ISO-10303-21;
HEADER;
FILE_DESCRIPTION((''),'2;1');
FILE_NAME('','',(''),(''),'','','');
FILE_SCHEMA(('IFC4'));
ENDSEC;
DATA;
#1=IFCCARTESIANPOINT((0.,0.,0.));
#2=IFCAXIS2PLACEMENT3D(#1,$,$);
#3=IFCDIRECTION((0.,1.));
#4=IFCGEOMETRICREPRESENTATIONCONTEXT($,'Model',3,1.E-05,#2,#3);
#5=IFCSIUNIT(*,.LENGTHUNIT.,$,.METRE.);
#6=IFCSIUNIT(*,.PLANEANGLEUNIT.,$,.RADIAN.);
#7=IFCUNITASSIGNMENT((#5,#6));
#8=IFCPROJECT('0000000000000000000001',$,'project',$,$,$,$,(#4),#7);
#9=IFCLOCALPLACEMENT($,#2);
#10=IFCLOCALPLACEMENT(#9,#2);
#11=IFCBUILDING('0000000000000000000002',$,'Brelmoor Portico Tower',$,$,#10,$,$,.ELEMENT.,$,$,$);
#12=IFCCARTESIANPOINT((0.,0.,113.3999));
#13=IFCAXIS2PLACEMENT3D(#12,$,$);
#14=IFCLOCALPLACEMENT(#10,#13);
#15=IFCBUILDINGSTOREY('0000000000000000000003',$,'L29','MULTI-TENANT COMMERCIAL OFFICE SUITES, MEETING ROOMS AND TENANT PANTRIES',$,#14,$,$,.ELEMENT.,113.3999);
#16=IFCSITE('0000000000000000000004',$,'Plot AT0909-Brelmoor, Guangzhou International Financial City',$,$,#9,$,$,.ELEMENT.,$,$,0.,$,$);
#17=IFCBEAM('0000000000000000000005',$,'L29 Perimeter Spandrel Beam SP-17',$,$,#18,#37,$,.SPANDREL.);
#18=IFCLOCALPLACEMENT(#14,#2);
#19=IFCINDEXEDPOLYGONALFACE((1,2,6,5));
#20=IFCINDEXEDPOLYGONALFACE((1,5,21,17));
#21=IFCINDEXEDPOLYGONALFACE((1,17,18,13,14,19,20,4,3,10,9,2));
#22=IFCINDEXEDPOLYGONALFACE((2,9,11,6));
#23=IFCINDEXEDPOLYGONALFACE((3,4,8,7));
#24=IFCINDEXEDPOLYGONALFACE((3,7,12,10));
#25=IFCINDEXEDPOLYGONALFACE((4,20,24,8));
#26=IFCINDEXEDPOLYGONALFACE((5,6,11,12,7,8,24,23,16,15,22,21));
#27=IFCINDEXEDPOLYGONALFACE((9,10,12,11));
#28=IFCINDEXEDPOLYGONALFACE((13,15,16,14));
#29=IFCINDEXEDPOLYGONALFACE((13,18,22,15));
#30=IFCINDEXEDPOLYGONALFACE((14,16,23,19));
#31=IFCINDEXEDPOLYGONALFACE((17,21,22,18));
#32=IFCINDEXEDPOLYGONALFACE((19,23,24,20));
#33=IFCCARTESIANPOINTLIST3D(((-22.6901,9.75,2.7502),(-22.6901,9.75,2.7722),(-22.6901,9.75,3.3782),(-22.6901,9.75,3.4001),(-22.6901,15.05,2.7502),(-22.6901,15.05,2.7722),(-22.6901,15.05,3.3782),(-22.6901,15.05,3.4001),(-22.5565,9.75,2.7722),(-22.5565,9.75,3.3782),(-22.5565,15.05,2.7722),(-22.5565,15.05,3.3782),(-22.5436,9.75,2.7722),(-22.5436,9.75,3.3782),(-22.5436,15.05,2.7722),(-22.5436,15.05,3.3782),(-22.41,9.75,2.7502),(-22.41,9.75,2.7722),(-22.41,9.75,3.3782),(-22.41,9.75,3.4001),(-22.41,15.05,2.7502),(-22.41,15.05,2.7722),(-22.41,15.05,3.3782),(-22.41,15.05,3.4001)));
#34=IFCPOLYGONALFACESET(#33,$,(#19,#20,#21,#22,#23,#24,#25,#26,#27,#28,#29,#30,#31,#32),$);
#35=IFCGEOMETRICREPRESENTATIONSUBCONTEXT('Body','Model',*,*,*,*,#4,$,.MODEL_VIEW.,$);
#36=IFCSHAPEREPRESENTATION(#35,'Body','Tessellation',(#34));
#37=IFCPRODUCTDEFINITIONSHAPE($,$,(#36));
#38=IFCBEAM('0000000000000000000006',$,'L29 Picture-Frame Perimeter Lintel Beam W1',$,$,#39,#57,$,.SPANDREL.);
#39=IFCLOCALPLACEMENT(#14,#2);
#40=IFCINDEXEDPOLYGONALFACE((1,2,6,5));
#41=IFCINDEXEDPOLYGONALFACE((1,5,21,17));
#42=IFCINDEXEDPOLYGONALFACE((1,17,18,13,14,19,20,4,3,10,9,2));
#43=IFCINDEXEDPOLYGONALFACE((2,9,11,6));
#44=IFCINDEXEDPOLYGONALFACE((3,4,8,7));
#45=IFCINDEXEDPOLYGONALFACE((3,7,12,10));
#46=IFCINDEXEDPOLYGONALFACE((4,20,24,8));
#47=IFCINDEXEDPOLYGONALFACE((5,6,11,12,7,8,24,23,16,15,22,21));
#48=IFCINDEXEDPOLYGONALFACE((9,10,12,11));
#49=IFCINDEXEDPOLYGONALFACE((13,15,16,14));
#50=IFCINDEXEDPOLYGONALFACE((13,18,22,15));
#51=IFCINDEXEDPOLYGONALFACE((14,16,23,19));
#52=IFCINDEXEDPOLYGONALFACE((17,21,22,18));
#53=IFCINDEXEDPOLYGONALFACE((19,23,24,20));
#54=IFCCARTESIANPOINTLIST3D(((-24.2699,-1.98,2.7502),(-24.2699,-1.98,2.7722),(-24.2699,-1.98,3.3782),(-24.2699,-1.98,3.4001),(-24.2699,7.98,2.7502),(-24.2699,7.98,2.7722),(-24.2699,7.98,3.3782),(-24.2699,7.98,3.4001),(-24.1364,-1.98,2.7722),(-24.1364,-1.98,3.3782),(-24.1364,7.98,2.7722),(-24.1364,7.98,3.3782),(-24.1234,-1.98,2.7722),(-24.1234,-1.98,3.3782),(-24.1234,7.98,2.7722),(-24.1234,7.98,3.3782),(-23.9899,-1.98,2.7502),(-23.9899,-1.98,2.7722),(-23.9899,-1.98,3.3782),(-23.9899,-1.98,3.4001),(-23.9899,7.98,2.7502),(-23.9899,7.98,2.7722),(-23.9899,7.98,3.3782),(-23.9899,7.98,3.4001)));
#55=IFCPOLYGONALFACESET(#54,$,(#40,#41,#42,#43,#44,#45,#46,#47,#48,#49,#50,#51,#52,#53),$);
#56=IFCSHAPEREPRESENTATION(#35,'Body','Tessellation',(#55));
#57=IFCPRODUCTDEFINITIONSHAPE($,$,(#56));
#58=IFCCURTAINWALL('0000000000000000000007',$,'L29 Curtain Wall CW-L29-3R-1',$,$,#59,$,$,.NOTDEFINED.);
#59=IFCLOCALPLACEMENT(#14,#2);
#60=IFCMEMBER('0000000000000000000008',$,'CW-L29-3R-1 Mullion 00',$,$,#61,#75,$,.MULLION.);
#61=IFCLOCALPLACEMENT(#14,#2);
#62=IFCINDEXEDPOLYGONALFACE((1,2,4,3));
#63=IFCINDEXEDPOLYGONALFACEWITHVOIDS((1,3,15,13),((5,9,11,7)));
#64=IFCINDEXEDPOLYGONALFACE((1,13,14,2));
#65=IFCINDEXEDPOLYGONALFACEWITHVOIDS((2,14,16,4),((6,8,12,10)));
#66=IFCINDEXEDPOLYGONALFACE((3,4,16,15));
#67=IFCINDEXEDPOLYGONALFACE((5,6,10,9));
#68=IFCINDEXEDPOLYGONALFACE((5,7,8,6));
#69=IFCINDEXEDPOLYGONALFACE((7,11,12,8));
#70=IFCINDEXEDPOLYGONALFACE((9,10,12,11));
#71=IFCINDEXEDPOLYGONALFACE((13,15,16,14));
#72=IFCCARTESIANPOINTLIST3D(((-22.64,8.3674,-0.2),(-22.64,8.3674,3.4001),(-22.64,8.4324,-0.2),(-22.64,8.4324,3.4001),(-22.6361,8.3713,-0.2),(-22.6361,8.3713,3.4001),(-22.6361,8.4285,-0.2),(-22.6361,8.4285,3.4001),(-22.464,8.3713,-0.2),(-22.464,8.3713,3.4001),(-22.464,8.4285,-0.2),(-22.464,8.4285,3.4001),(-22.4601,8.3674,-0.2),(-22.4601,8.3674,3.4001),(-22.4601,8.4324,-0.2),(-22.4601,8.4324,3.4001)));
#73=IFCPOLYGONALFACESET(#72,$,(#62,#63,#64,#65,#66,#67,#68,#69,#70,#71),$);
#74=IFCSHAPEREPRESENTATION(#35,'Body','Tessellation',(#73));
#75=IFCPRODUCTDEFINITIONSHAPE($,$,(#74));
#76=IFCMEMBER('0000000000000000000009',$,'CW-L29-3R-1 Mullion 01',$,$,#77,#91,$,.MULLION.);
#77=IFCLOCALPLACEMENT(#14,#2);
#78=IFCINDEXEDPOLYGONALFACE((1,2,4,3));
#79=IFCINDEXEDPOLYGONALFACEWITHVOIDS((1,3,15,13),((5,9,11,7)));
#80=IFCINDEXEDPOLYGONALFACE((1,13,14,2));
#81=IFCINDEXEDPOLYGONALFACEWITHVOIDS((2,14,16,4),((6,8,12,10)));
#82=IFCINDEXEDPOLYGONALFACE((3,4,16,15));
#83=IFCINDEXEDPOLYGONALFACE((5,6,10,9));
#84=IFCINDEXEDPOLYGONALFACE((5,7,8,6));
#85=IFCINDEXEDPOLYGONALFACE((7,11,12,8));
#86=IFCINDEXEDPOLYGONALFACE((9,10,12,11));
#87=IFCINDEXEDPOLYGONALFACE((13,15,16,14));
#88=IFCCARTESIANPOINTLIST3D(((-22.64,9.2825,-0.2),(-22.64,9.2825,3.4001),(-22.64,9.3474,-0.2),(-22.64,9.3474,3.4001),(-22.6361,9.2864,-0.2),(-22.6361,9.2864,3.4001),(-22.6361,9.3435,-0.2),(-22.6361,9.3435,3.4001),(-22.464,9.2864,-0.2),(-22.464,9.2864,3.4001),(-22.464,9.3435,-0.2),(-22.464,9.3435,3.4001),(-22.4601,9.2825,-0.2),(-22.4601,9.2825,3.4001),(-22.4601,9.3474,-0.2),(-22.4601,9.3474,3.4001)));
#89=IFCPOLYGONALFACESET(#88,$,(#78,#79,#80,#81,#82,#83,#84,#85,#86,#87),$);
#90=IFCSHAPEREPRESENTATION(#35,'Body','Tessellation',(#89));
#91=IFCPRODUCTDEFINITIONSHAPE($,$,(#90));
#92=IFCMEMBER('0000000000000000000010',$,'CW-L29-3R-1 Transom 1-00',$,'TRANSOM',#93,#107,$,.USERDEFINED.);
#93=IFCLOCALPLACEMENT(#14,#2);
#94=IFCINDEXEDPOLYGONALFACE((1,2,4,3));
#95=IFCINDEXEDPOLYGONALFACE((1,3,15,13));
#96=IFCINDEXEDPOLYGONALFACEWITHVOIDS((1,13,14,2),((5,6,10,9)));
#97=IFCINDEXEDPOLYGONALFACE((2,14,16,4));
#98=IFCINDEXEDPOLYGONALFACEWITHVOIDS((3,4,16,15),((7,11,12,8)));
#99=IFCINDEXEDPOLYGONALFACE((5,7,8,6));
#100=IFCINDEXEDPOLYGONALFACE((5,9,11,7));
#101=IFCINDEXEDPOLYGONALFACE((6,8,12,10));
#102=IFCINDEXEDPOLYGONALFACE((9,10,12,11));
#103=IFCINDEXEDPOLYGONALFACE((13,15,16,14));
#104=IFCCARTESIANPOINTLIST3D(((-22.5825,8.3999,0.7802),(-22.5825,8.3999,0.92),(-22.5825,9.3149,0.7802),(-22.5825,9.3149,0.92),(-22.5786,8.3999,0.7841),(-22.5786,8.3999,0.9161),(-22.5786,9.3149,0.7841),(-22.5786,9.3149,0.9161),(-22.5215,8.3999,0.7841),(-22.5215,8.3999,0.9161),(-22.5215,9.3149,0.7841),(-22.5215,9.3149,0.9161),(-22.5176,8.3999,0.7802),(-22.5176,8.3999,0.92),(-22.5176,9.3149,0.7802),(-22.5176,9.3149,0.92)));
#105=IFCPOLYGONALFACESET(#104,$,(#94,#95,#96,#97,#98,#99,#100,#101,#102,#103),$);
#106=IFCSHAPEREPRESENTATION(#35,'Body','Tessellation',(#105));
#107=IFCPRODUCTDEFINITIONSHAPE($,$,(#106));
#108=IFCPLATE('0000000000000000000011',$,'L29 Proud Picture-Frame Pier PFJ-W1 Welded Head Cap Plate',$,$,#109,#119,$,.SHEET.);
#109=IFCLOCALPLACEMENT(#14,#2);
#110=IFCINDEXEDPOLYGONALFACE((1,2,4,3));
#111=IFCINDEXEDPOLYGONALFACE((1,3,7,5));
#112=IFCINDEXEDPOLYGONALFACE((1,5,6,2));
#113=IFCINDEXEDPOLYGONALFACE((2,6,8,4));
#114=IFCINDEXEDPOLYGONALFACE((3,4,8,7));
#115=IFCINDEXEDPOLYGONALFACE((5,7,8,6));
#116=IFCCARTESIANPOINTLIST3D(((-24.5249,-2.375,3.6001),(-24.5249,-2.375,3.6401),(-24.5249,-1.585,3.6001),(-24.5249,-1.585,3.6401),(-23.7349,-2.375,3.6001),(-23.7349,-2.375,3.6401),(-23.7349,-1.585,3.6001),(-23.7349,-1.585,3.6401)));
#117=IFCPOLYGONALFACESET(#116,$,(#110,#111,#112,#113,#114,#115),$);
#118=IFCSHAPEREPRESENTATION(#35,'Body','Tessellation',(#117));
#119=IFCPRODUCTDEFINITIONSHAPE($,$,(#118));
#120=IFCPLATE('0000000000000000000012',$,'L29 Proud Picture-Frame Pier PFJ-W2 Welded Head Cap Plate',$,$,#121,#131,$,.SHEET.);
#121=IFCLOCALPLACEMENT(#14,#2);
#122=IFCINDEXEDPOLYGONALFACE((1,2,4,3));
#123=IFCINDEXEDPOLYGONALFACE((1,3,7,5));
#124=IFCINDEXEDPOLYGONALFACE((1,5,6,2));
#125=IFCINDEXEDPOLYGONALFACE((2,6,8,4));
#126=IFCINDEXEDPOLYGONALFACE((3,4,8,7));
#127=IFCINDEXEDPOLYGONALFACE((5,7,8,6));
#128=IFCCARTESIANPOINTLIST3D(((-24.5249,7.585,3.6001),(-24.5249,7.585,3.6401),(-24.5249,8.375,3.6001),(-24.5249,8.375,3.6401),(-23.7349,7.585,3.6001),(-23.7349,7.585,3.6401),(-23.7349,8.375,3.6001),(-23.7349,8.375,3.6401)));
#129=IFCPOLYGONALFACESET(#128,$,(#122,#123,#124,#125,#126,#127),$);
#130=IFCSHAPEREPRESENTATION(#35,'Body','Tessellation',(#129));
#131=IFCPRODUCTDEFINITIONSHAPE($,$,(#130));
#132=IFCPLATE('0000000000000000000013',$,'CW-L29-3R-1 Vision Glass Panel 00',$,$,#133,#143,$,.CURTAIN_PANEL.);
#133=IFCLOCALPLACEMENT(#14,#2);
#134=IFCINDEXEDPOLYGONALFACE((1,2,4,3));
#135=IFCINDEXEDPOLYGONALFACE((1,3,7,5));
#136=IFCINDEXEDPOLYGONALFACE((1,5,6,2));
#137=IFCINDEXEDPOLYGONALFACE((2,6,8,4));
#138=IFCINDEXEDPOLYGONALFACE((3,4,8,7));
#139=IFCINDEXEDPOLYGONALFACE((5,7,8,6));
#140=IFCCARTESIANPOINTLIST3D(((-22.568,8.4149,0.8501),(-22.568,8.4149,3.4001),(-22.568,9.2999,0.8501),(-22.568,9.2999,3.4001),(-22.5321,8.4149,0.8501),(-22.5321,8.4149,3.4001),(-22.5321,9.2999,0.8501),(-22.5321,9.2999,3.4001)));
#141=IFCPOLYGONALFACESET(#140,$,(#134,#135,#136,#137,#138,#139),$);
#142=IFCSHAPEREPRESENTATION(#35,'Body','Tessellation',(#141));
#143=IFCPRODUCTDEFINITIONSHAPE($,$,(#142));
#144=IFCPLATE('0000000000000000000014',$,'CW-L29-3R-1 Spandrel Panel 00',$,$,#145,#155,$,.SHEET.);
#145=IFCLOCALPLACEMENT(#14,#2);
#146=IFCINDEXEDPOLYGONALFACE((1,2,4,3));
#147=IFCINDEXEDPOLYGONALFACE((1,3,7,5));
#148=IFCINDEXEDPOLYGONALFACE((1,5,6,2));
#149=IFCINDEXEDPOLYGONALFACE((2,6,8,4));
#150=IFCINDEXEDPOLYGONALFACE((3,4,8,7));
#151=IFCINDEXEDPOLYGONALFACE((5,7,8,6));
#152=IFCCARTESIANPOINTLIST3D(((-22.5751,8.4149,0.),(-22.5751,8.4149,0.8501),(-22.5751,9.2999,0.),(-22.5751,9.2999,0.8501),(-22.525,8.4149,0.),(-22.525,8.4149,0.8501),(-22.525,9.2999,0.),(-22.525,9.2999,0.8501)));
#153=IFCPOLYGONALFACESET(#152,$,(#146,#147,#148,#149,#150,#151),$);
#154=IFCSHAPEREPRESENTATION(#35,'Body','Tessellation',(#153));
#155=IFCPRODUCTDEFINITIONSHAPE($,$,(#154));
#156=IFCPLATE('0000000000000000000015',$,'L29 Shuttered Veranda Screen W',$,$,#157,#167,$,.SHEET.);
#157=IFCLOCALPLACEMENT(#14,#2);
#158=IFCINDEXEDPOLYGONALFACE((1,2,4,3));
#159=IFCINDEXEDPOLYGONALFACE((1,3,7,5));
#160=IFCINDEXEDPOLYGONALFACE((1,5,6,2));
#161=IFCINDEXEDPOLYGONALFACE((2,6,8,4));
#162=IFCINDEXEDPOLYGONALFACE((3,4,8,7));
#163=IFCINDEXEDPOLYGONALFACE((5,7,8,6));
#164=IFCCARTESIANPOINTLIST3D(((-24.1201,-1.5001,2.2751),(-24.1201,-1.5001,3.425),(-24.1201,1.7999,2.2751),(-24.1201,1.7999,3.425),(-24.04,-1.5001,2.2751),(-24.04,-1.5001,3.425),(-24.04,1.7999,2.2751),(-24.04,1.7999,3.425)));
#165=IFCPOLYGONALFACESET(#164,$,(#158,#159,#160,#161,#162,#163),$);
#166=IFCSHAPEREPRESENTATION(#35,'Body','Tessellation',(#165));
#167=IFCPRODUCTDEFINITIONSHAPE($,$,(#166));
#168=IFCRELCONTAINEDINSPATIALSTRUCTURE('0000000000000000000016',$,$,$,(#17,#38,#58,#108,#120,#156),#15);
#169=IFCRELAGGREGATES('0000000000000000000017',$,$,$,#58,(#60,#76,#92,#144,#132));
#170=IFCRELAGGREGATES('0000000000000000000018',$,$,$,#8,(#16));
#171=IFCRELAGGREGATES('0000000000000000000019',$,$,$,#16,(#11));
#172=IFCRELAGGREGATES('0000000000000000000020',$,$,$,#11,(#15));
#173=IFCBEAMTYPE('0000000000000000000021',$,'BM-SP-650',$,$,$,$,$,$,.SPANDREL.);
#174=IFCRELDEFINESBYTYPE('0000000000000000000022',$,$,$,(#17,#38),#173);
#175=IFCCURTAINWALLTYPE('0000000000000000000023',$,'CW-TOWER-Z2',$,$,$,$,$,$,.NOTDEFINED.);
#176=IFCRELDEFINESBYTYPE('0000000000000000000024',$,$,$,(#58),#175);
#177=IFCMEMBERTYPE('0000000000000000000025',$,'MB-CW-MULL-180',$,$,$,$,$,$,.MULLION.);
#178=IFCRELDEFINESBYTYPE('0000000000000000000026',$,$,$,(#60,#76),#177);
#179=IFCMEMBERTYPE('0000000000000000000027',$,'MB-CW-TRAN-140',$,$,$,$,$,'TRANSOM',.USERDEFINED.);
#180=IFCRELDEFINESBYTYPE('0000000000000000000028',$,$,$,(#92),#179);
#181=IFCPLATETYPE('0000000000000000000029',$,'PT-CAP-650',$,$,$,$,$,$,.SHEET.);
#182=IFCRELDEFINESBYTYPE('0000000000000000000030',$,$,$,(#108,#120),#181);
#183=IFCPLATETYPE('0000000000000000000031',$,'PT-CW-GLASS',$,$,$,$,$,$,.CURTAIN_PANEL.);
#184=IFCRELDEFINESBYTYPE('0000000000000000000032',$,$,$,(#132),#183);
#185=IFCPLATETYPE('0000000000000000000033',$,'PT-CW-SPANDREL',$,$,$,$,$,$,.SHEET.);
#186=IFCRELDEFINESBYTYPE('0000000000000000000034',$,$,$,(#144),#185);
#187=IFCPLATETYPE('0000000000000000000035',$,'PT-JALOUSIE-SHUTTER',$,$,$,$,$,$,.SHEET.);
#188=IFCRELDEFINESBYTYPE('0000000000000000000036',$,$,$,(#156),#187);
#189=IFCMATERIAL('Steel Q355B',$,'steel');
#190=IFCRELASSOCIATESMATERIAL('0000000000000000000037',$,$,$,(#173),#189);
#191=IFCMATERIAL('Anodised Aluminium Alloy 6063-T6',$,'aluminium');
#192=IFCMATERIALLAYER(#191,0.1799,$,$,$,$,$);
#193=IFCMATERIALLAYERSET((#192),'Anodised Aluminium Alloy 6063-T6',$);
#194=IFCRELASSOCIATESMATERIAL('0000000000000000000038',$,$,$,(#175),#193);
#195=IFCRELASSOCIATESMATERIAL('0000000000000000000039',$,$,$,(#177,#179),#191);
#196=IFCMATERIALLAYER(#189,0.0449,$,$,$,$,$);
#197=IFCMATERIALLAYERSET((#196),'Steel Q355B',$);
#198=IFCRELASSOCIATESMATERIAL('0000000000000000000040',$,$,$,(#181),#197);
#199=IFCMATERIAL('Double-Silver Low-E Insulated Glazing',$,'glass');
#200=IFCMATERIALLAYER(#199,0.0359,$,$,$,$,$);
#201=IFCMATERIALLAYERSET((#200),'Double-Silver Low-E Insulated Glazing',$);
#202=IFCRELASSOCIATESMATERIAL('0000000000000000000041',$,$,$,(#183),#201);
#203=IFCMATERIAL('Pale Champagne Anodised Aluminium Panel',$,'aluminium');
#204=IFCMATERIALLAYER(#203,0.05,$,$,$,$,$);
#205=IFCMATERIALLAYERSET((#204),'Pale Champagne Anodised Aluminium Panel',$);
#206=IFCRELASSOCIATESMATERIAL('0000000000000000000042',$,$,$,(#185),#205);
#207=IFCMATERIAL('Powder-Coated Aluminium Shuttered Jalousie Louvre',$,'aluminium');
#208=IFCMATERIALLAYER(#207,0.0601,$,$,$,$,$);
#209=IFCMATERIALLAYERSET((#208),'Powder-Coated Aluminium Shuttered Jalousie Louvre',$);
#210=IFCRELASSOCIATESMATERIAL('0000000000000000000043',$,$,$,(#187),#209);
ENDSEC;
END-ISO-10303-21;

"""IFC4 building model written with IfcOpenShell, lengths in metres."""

from ifc_helpers import new_model, si_unit, direction, frame, origin, origin_2d, place, context, subcontext, project, spatial, rectangle, hollow_rectangle, i_section, extrude, material, layer, layer_set, material_profile, profile_set, type_object, element, aggregate, save


model = new_model("IFC4")

# Units and contexts
model_context = context("Model", 3, precision=1e-05, world=origin(), true_north=direction((0.0, 1.0)))
body_context = subcontext(model_context, "Body", "Model", "MODEL_VIEW")
ifc_project = project(units=[si_unit("LENGTHUNIT", "METRE"), si_unit("PLANEANGLEUNIT", "RADIAN")], contexts=[model_context])

# Site, building, storey
site_placement = place(None, origin())
site = spatial("IfcSite", under=ifc_project, at=site_placement, Name="Plot AT0909-Brelmoor, Guangzhou International Financial City", CompositionType="ELEMENT", RefElevation=0.0)
building_placement = place(site_placement, origin())
building = spatial("IfcBuilding", under=site, at=building_placement, Name="Brelmoor Portico Tower", CompositionType="ELEMENT")
storey_placement = place(building_placement, frame((0.0, 0.0, 113.3999)))
storey = spatial("IfcBuildingStorey", under=building, at=storey_placement, Name="L29", Description="MULTI-TENANT COMMERCIAL OFFICE SUITES, MEETING ROOMS AND TENANT PANTRIES", CompositionType="ELEMENT", Elevation=113.3999)

# Shared definitions
ifc_material_1 = material(Name="Steel Q355B", Category="steel")

# Beams
ifc_material_profile_1 = material_profile(ifc_material_1, i_section(OverallWidth=0.28, OverallDepth=0.6499, WebThickness=0.0129, FlangeThickness=0.022, at=origin_2d()), Name="HN 650x280x13x22")
ifc_profile_set_1 = profile_set([ifc_material_profile_1], Name="Steel Q355B")
beam_type_1 = type_object("IfcBeamType", Name="BM-SP-650", PredefinedType="SPANDREL", material=ifc_profile_set_1)
beam_1_placement = place(storey_placement, frame((-22.55, 9.75, 3.0752), z_axis=(0.0, 1.0, 0.0), x_axis=(-1.0, 0.0, 0.0)))
element("IfcBeam", 1, at=beam_1_placement, inside=storey, type_object=beam_type_1, Name="L29 Perimeter Spandrel Beam SP-17", PredefinedType="SPANDREL", context=body_context, shape_type="SweptSolid", body=[
    extrude(i_section(OverallWidth=0.28, OverallDepth=0.6499, WebThickness=0.0129, FlangeThickness=0.022, at=origin_2d()), origin(), (0.0, 0.0, 1.0), 5.3),
])
beam_2_placement = place(storey_placement, frame((-24.1299, -1.98, 3.0752), z_axis=(0.0, 1.0, 0.0), x_axis=(-1.0, 0.0, 0.0)))
element("IfcBeam", 2, at=beam_2_placement, inside=storey, type_object=beam_type_1, Name="L29 Picture-Frame Perimeter Lintel Beam W1", PredefinedType="SPANDREL", context=body_context, shape_type="SweptSolid", body=[
    extrude(i_section(OverallWidth=0.28, OverallDepth=0.6499, WebThickness=0.0129, FlangeThickness=0.022, at=origin_2d()), origin(), (0.0, 0.0, 1.0), 9.96),
])

# Curtain wall, members
ifc_material_2 = material(Name="Anodised Aluminium Alloy 6063-T6", Category="aluminium")
ifc_layer_1 = layer(ifc_material_2, 0.1799)
ifc_layer_set_1 = layer_set([ifc_layer_1], Name="Anodised Aluminium Alloy 6063-T6")
curtain_wall_type = type_object("IfcCurtainWallType", Name="CW-TOWER-Z2", PredefinedType="NOTDEFINED", material=ifc_layer_set_1)
curtain_wall_placement = place(storey_placement, origin())
curtain_wall = element("IfcCurtainWall", 3, at=curtain_wall_placement, inside=storey, type_object=curtain_wall_type, Name="L29 Curtain Wall CW-L29-3R-1", PredefinedType="NOTDEFINED")
ifc_material_profile_2 = material_profile(ifc_material_2, hollow_rectangle(XDim=0.0649, YDim=0.1799, WallThickness=0.0039, at=origin_2d()), Name="ALU MULLION 65x180")
ifc_profile_set_2 = profile_set([ifc_material_profile_2], Name="Anodised Aluminium Alloy 6063-T6")
member_type_1 = type_object("IfcMemberType", Name="MB-CW-MULL-180", PredefinedType="MULLION", material=ifc_profile_set_2)
member_1_placement = place(storey_placement, frame((-22.55, 8.3999, -0.2), z_axis=(0.0, 0.0, 1.0), x_axis=(0.0, 1.0, 0.0)))
member_1 = element("IfcMember", 4, at=member_1_placement, type_object=member_type_1, Name="CW-L29-3R-1 Mullion 00", PredefinedType="MULLION", context=body_context, shape_type="SweptSolid", body=[
    extrude(hollow_rectangle(XDim=0.0649, YDim=0.1799, WallThickness=0.0039, at=origin_2d()), origin(), (0.0, 0.0, 1.0), 3.6001),
])
member_2_placement = place(storey_placement, frame((-22.55, 9.3149, -0.2), z_axis=(0.0, 0.0, 1.0), x_axis=(0.0, 1.0, 0.0)))
member_2 = element("IfcMember", 5, at=member_2_placement, type_object=member_type_1, Name="CW-L29-3R-1 Mullion 01", PredefinedType="MULLION", context=body_context, shape_type="SweptSolid", body=[
    extrude(hollow_rectangle(XDim=0.0649, YDim=0.1799, WallThickness=0.0039, at=origin_2d()), origin(), (0.0, 0.0, 1.0), 3.6001),
])
ifc_material_profile_3 = material_profile(ifc_material_2, hollow_rectangle(XDim=0.0649, YDim=0.1399, WallThickness=0.0039, at=origin_2d()), Name="ALU TRANSOM 65x140")
ifc_profile_set_3 = profile_set([ifc_material_profile_3], Name="Anodised Aluminium Alloy 6063-T6")
member_type_2 = type_object("IfcMemberType", Name="MB-CW-TRAN-140", ElementType="TRANSOM", PredefinedType="USERDEFINED", material=ifc_profile_set_3)
member_3_placement = place(storey_placement, frame((-22.55, 8.3999, 0.8501), z_axis=(0.0, 1.0, 0.0), x_axis=(-1.0, 0.0, 0.0)))
member_3 = element("IfcMember", 6, at=member_3_placement, type_object=member_type_2, Name="CW-L29-3R-1 Transom 1-00", ObjectType="TRANSOM", PredefinedType="USERDEFINED", context=body_context, shape_type="SweptSolid", body=[
    extrude(hollow_rectangle(XDim=0.0649, YDim=0.1399, WallThickness=0.0039, at=origin_2d()), origin(), (0.0, 0.0, 1.0), 0.915),
])

# Plates
ifc_layer_2 = layer(ifc_material_1, 0.0449)
ifc_layer_set_2 = layer_set([ifc_layer_2], Name="Steel Q355B")
plate_type_1 = type_object("IfcPlateType", Name="PT-CAP-650", PredefinedType="SHEET", material=ifc_layer_set_2)
for number, where, z_axis, x_axis, name in (
    (7, (-24.1299, -1.98, 3.6001), (0.0, 0.0, 1.0), (0.0, 1.0, 0.0), "L29 Proud Picture-Frame Pier PFJ-W1 Welded Head Cap Plate"),
    (8, (-24.1299, 7.98, 3.6001), (0.0, 0.0, 1.0), (0.0, 1.0, 0.0), "L29 Proud Picture-Frame Pier PFJ-W2 Welded Head Cap Plate"),
):
    element("IfcPlate", number, at=place(storey_placement, frame(where, z_axis=z_axis, x_axis=x_axis)), inside=storey, type_object=plate_type_1, Name=name, PredefinedType="SHEET", context=body_context, shape_type="SweptSolid", body=[
        extrude(rectangle(XDim=0.79, YDim=0.79, at=origin_2d()), origin(), (0.0, 0.0, 1.0), 0.04),
    ])

# Plates
ifc_material_3 = material(Name="Double-Silver Low-E Insulated Glazing", Category="glass")
ifc_layer_3 = layer(ifc_material_3, 0.0359)
ifc_layer_set_3 = layer_set([ifc_layer_3], Name="Double-Silver Low-E Insulated Glazing")
plate_type_2 = type_object("IfcPlateType", Name="PT-CW-GLASS", PredefinedType="CURTAIN_PANEL", material=ifc_layer_set_3)
plate_1_placement = place(storey_placement, frame((-22.55, 8.8574, 0.8501), z_axis=(0.0, 0.0, 1.0), x_axis=(0.0, 1.0, 0.0)))
plate_1 = element("IfcPlate", 9, at=plate_1_placement, type_object=plate_type_2, Name="CW-L29-3R-1 Vision Glass Panel 00", PredefinedType="CURTAIN_PANEL", context=body_context, shape_type="SweptSolid", body=[
    extrude(rectangle(XDim=0.885, YDim=0.0359, at=origin_2d()), origin(), (0.0, 0.0, 1.0), 2.55),
])
ifc_material_4 = material(Name="Pale Champagne Anodised Aluminium Panel", Category="aluminium")
ifc_layer_4 = layer(ifc_material_4, 0.05)
ifc_layer_set_4 = layer_set([ifc_layer_4], Name="Pale Champagne Anodised Aluminium Panel")
plate_type_3 = type_object("IfcPlateType", Name="PT-CW-SPANDREL", PredefinedType="SHEET", material=ifc_layer_set_4)
plate_2_placement = place(storey_placement, frame((-22.55, 8.8574, 0.0), z_axis=(0.0, 0.0, 1.0), x_axis=(0.0, 1.0, 0.0)))
plate_2 = element("IfcPlate", 10, at=plate_2_placement, type_object=plate_type_3, Name="CW-L29-3R-1 Spandrel Panel 00", PredefinedType="SHEET", context=body_context, shape_type="SweptSolid", body=[
    extrude(rectangle(XDim=0.885, YDim=0.05, at=origin_2d()), origin(), (0.0, 0.0, 1.0), 0.8501),
])
aggregate(curtain_wall, [member_1, member_2, member_3, plate_2, plate_1])
ifc_material_5 = material(Name="Powder-Coated Aluminium Shuttered Jalousie Louvre", Category="aluminium")
ifc_layer_5 = layer(ifc_material_5, 0.0601)
ifc_layer_set_5 = layer_set([ifc_layer_5], Name="Powder-Coated Aluminium Shuttered Jalousie Louvre")
plate_type_4 = type_object("IfcPlateType", Name="PT-JALOUSIE-SHUTTER", PredefinedType="SHEET", material=ifc_layer_set_5)
plate_3_placement = place(storey_placement, frame((-24.0801, 0.1499, 2.2751), z_axis=(0.0, 0.0, 1.0), x_axis=(0.0, 1.0, 0.0)))
element("IfcPlate", 11, at=plate_3_placement, inside=storey, type_object=plate_type_4, Name="L29 Shuttered Veranda Screen W", PredefinedType="SHEET", context=body_context, shape_type="SweptSolid", body=[
    extrude(rectangle(XDim=3.3, YDim=0.0801, at=origin_2d()), origin(), (0.0, 0.0, 1.0), 1.1499),
])

save(model, "model.ifc")
